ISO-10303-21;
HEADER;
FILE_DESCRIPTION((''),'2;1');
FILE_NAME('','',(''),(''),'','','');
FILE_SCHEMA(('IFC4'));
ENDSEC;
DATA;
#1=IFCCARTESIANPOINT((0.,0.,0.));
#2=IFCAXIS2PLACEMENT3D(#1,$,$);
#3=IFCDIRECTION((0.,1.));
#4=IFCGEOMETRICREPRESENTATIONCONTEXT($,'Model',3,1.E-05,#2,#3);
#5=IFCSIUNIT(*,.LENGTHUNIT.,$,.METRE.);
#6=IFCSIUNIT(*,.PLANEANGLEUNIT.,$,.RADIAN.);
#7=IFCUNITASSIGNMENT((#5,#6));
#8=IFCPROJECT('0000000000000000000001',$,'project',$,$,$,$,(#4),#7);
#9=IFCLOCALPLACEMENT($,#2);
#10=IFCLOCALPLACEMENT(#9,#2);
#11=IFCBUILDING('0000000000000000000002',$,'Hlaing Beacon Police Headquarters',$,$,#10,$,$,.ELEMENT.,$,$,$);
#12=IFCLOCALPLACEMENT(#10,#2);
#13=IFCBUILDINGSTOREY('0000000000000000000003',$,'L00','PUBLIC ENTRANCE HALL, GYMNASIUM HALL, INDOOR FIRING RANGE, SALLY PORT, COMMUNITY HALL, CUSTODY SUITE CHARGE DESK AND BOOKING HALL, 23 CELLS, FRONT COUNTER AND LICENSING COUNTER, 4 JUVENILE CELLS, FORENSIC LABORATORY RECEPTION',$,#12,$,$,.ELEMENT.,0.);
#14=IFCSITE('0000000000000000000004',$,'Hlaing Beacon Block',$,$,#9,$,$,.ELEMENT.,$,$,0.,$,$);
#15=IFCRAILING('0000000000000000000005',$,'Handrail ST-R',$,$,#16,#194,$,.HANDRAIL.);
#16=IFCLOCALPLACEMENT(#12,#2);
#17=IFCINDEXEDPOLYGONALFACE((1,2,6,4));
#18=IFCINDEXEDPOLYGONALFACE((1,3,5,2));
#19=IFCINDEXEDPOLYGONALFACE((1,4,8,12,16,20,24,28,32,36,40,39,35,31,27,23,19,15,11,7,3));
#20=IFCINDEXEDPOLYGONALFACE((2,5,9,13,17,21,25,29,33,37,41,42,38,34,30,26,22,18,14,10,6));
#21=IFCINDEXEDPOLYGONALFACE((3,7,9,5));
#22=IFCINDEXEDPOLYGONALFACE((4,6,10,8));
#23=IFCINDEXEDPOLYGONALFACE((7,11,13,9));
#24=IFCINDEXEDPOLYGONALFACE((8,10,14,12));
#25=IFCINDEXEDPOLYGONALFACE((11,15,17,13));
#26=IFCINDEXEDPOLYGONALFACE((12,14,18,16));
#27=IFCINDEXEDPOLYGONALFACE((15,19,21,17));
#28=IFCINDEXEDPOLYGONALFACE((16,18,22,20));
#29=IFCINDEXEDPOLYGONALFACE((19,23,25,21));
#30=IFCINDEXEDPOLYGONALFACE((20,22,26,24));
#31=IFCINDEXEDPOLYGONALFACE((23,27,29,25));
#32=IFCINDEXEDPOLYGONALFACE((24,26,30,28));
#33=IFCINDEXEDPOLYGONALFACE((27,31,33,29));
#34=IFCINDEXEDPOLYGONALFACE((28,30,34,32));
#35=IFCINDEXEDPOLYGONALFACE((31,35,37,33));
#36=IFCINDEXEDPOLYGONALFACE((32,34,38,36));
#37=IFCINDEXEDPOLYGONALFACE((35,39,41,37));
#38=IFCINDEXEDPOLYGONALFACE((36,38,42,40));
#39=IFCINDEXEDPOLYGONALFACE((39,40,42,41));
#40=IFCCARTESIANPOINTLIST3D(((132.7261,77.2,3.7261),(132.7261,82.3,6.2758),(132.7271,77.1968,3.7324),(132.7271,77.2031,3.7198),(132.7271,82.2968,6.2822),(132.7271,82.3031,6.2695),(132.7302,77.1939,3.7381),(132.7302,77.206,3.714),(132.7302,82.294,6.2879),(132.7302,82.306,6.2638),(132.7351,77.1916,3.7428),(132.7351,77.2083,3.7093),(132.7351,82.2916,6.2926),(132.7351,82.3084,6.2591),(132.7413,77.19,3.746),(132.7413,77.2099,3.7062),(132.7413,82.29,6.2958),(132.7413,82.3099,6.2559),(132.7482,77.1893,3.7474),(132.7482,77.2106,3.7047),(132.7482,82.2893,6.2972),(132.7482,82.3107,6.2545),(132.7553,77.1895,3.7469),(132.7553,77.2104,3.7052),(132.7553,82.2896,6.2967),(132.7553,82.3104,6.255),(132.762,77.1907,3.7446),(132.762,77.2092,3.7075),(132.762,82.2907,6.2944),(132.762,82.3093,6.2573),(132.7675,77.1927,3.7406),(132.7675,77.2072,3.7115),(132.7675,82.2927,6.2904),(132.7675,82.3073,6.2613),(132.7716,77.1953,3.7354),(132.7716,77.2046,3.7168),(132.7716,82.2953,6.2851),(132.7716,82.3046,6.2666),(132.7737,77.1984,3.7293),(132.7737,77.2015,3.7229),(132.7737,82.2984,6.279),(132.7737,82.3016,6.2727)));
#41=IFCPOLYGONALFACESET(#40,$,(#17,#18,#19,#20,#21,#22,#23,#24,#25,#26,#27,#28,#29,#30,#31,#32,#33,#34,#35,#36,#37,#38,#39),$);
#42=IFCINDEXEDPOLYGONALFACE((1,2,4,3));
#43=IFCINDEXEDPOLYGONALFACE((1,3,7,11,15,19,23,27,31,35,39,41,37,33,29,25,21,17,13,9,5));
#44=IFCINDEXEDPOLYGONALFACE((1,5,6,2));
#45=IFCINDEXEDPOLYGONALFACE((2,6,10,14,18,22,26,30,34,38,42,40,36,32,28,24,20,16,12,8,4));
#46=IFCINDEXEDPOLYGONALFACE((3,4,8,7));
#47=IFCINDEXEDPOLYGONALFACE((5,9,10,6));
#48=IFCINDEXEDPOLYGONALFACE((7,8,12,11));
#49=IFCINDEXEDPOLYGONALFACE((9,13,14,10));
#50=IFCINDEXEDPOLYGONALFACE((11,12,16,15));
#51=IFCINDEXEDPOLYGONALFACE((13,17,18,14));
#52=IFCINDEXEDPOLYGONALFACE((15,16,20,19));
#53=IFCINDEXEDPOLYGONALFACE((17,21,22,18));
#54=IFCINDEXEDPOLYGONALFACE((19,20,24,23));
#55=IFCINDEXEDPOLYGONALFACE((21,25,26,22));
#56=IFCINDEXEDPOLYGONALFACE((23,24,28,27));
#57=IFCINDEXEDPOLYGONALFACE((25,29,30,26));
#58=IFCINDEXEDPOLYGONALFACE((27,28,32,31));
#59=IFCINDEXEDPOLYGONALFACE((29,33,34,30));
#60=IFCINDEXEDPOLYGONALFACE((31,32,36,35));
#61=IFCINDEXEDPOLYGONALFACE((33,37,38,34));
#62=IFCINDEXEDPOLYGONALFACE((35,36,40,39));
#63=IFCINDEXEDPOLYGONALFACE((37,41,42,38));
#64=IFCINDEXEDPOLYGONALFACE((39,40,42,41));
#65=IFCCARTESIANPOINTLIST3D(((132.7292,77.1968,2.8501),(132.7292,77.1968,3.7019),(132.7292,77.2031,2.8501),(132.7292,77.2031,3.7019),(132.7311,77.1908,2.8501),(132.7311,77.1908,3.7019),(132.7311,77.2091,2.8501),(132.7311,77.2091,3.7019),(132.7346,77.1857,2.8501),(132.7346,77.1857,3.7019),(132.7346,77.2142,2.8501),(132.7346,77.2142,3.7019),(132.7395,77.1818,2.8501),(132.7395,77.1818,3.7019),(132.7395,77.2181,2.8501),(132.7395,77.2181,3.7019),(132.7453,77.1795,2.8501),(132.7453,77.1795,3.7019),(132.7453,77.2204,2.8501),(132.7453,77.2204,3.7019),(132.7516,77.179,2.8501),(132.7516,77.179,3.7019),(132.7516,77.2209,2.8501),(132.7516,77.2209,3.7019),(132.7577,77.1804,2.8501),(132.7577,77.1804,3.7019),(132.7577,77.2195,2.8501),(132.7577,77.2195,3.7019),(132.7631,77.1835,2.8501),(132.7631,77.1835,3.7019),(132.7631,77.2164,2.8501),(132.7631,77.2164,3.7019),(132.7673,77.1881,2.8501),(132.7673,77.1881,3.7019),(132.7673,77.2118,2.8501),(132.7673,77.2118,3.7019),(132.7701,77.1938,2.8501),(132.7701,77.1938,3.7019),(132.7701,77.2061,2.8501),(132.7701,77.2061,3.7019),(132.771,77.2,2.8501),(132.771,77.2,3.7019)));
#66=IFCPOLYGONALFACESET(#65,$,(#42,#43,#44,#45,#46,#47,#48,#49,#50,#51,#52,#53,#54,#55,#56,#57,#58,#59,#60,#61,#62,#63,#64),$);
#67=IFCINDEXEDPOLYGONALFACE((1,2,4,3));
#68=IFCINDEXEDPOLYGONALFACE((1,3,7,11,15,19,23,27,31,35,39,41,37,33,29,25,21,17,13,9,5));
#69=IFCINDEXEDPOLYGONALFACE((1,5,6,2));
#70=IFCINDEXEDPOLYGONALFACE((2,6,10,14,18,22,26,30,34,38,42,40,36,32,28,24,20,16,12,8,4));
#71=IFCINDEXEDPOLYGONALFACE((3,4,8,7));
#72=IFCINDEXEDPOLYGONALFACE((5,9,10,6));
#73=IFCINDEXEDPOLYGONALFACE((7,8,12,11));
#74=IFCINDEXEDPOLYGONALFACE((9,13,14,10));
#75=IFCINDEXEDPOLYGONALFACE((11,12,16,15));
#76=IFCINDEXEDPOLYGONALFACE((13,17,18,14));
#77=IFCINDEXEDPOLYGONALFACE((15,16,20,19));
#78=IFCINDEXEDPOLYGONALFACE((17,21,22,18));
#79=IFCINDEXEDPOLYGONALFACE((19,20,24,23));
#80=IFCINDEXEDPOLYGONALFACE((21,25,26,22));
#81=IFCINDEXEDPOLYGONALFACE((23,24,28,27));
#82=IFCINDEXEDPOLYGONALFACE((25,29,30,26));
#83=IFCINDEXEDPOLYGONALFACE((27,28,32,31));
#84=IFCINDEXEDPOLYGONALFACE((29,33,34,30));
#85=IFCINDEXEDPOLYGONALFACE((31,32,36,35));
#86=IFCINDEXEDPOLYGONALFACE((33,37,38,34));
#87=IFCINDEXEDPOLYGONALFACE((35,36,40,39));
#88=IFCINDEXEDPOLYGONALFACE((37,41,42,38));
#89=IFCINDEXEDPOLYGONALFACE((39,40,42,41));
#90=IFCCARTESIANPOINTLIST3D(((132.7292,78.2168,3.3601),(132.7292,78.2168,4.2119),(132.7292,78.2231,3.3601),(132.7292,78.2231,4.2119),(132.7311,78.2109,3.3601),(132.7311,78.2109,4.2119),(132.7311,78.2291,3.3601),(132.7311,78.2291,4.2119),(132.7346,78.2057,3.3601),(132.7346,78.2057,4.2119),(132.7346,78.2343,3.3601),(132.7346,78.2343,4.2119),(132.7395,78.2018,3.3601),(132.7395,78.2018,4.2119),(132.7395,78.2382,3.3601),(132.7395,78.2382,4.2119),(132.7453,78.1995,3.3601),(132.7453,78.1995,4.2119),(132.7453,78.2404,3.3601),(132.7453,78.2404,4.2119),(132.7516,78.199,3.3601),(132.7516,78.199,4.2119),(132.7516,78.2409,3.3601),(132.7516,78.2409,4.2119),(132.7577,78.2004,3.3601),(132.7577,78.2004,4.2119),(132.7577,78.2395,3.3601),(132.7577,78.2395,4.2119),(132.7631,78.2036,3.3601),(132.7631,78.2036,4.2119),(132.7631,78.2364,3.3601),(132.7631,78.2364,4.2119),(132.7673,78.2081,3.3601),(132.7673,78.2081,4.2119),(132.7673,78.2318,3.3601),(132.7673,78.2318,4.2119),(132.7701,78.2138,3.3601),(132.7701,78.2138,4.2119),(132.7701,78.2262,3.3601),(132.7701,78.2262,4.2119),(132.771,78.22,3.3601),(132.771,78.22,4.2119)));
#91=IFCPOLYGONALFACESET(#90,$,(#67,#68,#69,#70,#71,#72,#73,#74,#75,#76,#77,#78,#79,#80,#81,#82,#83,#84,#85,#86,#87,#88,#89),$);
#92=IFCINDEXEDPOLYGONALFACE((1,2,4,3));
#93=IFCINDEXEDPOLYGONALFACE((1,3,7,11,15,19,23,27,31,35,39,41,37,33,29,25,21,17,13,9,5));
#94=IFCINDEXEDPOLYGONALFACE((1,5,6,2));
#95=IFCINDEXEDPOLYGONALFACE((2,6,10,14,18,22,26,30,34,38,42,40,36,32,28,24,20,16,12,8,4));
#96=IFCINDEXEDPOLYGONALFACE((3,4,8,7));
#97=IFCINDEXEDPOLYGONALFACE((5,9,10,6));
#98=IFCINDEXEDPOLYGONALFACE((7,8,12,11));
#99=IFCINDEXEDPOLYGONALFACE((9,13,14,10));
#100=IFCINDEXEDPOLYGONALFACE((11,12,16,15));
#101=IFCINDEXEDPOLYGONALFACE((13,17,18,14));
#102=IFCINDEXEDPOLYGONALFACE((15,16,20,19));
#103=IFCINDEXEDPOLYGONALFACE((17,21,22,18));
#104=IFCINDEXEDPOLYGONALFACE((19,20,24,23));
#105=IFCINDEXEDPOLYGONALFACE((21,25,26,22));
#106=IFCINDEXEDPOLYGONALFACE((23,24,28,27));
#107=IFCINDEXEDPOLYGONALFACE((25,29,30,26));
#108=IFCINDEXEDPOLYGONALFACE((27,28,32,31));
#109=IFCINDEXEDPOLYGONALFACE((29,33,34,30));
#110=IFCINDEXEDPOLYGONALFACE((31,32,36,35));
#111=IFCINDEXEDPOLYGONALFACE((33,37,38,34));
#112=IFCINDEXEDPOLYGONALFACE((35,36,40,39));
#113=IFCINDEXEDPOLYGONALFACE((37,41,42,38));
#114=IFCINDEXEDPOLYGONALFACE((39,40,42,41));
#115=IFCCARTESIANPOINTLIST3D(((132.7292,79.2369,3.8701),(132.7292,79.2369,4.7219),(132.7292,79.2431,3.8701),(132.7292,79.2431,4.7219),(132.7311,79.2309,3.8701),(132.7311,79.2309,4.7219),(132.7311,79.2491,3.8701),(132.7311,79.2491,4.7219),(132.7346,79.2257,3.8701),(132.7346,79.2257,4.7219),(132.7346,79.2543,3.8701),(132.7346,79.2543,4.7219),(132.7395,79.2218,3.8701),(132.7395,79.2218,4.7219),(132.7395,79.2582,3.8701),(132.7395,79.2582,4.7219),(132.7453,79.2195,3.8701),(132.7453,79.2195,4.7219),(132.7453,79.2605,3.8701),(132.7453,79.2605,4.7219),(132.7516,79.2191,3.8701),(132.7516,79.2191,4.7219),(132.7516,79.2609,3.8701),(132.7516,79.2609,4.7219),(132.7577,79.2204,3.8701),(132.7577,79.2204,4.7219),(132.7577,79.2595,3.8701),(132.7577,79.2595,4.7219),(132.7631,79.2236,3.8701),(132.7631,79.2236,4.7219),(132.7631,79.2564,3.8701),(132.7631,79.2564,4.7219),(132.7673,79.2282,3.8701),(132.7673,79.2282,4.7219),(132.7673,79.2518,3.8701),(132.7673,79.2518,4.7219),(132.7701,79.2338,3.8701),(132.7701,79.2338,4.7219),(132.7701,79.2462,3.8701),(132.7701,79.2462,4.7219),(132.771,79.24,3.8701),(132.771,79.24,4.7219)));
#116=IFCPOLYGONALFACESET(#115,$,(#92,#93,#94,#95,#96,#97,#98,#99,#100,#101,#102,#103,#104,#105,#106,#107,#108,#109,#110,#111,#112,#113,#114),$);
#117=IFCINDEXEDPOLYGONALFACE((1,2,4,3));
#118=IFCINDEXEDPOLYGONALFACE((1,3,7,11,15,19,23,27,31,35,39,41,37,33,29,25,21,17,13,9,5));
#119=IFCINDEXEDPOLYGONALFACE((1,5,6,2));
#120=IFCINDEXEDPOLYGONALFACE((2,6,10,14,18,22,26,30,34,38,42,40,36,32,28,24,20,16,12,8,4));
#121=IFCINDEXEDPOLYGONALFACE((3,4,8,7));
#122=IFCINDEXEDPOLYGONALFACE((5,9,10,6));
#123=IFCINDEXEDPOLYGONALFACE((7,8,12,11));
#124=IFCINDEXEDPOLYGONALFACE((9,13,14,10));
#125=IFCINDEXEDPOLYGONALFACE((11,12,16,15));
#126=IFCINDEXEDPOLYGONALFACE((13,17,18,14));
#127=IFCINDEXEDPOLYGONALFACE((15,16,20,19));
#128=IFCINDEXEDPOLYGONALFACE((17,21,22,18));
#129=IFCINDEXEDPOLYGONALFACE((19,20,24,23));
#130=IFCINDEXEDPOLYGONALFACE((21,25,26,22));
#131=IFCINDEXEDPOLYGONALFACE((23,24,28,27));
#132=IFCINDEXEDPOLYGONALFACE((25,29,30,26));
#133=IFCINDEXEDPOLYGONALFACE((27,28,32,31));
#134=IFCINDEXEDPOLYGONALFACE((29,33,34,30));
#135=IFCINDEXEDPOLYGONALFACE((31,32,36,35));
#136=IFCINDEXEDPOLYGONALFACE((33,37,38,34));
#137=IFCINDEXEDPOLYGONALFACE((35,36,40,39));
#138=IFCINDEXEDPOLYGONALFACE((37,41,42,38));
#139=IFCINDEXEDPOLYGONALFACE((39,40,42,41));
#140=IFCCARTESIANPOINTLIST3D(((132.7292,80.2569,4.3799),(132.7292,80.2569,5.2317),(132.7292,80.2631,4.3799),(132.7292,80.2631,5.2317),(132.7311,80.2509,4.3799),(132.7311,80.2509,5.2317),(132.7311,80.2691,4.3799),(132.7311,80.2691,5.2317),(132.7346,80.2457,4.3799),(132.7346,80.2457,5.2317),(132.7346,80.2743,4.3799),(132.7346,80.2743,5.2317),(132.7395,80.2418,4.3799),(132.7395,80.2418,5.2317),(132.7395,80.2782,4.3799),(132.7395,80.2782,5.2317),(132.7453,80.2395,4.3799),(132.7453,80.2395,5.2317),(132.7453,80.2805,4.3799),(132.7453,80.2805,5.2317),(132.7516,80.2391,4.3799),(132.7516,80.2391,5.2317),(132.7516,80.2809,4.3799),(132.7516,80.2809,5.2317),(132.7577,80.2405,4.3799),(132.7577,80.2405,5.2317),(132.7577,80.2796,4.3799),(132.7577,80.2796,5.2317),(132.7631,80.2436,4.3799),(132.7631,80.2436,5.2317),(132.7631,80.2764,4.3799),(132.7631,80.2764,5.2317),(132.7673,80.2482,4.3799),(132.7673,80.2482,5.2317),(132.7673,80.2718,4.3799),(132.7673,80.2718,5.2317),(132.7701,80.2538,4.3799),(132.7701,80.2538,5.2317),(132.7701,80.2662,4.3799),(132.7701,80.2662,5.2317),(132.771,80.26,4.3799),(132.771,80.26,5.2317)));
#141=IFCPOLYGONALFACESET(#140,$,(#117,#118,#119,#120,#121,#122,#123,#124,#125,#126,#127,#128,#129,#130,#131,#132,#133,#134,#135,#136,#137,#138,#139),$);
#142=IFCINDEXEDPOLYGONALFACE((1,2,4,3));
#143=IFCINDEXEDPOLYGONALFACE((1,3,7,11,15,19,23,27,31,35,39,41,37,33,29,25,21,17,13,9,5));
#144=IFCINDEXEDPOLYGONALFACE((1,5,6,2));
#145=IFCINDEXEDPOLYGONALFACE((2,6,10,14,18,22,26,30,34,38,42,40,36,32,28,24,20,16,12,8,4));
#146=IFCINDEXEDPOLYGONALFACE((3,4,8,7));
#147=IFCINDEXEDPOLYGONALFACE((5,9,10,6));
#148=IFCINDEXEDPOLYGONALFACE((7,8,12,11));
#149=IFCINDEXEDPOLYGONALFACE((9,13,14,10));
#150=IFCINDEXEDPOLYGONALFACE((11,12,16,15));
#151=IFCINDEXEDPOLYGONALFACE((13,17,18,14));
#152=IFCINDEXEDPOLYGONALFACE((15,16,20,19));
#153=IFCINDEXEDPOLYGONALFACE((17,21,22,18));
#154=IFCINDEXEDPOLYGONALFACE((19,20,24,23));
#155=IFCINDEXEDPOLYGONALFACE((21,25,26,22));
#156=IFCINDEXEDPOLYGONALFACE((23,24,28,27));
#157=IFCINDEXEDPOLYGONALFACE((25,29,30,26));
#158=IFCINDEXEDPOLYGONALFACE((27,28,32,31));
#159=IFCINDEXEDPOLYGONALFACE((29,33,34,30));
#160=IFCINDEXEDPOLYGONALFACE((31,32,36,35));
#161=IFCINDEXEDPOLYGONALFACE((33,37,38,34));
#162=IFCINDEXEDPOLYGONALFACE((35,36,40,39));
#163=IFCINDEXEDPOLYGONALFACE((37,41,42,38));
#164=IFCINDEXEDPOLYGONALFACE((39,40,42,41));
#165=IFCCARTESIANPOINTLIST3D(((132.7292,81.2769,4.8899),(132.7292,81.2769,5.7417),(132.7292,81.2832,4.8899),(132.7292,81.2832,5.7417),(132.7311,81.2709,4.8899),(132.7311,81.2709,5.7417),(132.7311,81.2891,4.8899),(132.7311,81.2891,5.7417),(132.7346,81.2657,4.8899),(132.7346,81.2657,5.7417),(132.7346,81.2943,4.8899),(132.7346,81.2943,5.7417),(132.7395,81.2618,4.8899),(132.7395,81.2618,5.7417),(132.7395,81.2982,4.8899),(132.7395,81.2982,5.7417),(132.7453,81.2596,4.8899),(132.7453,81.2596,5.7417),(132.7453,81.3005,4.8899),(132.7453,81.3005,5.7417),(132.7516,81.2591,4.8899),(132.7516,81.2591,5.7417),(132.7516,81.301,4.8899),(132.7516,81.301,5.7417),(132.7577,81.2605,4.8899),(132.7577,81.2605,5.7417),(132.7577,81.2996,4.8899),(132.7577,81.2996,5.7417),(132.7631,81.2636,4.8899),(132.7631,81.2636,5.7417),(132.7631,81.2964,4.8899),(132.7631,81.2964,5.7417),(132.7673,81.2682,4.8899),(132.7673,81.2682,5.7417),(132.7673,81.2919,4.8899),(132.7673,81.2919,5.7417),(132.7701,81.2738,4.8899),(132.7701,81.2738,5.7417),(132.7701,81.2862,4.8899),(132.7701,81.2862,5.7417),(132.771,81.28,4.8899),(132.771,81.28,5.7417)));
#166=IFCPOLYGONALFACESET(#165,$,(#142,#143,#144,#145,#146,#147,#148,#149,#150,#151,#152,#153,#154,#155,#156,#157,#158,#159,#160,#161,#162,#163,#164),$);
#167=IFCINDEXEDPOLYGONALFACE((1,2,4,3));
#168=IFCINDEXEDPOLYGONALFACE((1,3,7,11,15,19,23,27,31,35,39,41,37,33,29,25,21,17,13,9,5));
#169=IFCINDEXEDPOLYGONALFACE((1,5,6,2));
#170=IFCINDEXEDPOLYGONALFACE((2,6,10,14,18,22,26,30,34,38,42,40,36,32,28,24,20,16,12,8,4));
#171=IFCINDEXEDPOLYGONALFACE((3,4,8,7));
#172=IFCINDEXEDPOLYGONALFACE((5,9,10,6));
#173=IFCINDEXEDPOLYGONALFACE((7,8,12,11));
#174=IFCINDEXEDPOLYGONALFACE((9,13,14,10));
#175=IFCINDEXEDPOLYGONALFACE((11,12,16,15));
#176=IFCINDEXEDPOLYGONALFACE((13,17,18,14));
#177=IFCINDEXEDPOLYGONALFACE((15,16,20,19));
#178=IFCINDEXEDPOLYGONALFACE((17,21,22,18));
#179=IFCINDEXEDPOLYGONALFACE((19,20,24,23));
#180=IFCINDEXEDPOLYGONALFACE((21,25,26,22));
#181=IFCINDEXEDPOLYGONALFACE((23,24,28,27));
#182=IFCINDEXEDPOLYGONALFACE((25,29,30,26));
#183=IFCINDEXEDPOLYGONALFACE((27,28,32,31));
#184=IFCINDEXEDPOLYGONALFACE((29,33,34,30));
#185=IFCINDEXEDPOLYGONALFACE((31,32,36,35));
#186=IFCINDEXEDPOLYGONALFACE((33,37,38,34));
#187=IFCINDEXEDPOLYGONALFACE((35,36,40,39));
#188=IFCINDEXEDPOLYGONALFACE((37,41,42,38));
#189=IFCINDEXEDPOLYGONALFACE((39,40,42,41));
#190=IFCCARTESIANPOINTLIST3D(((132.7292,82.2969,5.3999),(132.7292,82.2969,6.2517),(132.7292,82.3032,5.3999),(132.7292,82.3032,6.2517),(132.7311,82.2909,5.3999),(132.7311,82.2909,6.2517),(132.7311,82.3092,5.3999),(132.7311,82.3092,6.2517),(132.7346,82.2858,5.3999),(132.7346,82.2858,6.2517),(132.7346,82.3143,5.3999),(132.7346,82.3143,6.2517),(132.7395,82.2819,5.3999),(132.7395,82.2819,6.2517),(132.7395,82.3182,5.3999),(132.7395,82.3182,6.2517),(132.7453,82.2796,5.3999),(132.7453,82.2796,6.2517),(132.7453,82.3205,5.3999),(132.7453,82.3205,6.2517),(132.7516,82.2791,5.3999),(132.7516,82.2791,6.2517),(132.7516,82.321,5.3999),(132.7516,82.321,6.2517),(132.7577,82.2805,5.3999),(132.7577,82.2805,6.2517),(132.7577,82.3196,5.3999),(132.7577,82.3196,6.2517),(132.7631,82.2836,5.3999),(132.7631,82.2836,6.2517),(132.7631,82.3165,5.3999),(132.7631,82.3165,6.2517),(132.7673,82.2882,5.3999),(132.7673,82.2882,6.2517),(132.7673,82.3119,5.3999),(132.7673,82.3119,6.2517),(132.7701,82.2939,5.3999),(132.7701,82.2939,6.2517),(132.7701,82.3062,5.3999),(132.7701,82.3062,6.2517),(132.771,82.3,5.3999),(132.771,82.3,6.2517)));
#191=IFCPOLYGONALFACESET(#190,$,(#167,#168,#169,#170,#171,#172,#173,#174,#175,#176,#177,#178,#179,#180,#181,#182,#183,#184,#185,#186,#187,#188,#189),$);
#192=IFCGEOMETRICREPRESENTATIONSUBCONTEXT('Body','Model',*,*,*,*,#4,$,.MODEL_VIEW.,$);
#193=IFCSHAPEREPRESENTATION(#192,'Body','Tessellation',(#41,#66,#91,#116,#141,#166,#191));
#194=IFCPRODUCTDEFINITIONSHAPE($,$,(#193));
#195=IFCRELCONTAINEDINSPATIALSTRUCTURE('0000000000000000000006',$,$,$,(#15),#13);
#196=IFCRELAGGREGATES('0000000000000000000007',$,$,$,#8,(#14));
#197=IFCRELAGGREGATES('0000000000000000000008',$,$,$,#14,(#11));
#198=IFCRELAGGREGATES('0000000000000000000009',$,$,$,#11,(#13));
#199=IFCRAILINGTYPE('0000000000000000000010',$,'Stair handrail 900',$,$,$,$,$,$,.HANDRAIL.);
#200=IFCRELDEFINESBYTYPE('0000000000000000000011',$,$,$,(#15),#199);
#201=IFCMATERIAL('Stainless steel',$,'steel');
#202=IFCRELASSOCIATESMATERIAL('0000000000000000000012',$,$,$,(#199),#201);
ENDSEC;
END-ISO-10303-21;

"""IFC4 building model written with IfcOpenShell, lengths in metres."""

from ifc_helpers import new_model, si_unit, direction, frame, origin, origin_2d, place, context, subcontext, project, spatial, circle, extrude, material, type_object, element, save


model = new_model("IFC4")

# Units and contexts
model_context = context("Model", 3, precision=1e-05, world=origin(), true_north=direction((0.0, 1.0)))
body_context = subcontext(model_context, "Body", "Model", "MODEL_VIEW")
ifc_project = project(units=[si_unit("LENGTHUNIT", "METRE"), si_unit("PLANEANGLEUNIT", "RADIAN")], contexts=[model_context])

# Site, building, storey
site_placement = place(None, origin())
site = spatial("IfcSite", under=ifc_project, at=site_placement, Name="Hlaing Beacon Block", CompositionType="ELEMENT", RefElevation=0.0)
building_placement = place(site_placement, origin())
building = spatial("IfcBuilding", under=site, at=building_placement, Name="Hlaing Beacon Police Headquarters", CompositionType="ELEMENT")
storey_placement = place(building_placement, origin())
storey = spatial("IfcBuildingStorey", under=building, at=storey_placement, Name="L00", Description="PUBLIC ENTRANCE HALL, GYMNASIUM HALL, INDOOR FIRING RANGE, SALLY PORT, COMMUNITY HALL, CUSTODY SUITE CHARGE DESK AND BOOKING HALL, 23 CELLS, FRONT COUNTER AND LICENSING COUNTER, 4 JUVENILE CELLS, FORENSIC LABORATORY RECEPTION", CompositionType="ELEMENT", Elevation=0.0)

# Railing
ifc_material_1 = material(Name="Stainless steel", Category="steel")
railing_type_1 = type_object("IfcRailingType", Name="Stair handrail 900", PredefinedType="HANDRAIL", material=ifc_material_1)
for number, where, name in (
    (1, (132.75, 77.2, 2.8501), "Handrail ST-R"),
):
    element("IfcRailing", number, at=place(storey_placement, frame(where)), inside=storey, type_object=railing_type_1, Name=name, PredefinedType="HANDRAIL", context=body_context, shape_type="SweptSolid", body=[
        extrude(circle(Radius=0.0239, at=origin_2d()), frame((0.0, 0.0, 0.876), z_axis=(0.0, 0.894444, 0.447179), x_axis=(-1.0, 0.0, 0.0)), (0.0, 0.0, 1.0), 5.7019),
        extrude(circle(Radius=0.021, at=origin_2d()), origin(), (0.0, 0.0, 1.0), 0.8518),
        extrude(circle(Radius=0.021, at=origin_2d()), frame((0.0, 1.02, 0.51)), (0.0, 0.0, 1.0), 0.8518),
        extrude(circle(Radius=0.021, at=origin_2d()), frame((0.0, 2.04, 1.02)), (0.0, 0.0, 1.0), 0.8518),
        extrude(circle(Radius=0.021, at=origin_2d()), frame((0.0, 3.0601, 1.5298)), (0.0, 0.0, 1.0), 0.8518),
        extrude(circle(Radius=0.021, at=origin_2d()), frame((0.0, 4.0801, 2.0398)), (0.0, 0.0, 1.0), 0.8518),
        extrude(circle(Radius=0.021, at=origin_2d()), frame((0.0, 5.1001, 2.5498)), (0.0, 0.0, 1.0), 0.8518),
    ])

save(model, "model.ifc")
